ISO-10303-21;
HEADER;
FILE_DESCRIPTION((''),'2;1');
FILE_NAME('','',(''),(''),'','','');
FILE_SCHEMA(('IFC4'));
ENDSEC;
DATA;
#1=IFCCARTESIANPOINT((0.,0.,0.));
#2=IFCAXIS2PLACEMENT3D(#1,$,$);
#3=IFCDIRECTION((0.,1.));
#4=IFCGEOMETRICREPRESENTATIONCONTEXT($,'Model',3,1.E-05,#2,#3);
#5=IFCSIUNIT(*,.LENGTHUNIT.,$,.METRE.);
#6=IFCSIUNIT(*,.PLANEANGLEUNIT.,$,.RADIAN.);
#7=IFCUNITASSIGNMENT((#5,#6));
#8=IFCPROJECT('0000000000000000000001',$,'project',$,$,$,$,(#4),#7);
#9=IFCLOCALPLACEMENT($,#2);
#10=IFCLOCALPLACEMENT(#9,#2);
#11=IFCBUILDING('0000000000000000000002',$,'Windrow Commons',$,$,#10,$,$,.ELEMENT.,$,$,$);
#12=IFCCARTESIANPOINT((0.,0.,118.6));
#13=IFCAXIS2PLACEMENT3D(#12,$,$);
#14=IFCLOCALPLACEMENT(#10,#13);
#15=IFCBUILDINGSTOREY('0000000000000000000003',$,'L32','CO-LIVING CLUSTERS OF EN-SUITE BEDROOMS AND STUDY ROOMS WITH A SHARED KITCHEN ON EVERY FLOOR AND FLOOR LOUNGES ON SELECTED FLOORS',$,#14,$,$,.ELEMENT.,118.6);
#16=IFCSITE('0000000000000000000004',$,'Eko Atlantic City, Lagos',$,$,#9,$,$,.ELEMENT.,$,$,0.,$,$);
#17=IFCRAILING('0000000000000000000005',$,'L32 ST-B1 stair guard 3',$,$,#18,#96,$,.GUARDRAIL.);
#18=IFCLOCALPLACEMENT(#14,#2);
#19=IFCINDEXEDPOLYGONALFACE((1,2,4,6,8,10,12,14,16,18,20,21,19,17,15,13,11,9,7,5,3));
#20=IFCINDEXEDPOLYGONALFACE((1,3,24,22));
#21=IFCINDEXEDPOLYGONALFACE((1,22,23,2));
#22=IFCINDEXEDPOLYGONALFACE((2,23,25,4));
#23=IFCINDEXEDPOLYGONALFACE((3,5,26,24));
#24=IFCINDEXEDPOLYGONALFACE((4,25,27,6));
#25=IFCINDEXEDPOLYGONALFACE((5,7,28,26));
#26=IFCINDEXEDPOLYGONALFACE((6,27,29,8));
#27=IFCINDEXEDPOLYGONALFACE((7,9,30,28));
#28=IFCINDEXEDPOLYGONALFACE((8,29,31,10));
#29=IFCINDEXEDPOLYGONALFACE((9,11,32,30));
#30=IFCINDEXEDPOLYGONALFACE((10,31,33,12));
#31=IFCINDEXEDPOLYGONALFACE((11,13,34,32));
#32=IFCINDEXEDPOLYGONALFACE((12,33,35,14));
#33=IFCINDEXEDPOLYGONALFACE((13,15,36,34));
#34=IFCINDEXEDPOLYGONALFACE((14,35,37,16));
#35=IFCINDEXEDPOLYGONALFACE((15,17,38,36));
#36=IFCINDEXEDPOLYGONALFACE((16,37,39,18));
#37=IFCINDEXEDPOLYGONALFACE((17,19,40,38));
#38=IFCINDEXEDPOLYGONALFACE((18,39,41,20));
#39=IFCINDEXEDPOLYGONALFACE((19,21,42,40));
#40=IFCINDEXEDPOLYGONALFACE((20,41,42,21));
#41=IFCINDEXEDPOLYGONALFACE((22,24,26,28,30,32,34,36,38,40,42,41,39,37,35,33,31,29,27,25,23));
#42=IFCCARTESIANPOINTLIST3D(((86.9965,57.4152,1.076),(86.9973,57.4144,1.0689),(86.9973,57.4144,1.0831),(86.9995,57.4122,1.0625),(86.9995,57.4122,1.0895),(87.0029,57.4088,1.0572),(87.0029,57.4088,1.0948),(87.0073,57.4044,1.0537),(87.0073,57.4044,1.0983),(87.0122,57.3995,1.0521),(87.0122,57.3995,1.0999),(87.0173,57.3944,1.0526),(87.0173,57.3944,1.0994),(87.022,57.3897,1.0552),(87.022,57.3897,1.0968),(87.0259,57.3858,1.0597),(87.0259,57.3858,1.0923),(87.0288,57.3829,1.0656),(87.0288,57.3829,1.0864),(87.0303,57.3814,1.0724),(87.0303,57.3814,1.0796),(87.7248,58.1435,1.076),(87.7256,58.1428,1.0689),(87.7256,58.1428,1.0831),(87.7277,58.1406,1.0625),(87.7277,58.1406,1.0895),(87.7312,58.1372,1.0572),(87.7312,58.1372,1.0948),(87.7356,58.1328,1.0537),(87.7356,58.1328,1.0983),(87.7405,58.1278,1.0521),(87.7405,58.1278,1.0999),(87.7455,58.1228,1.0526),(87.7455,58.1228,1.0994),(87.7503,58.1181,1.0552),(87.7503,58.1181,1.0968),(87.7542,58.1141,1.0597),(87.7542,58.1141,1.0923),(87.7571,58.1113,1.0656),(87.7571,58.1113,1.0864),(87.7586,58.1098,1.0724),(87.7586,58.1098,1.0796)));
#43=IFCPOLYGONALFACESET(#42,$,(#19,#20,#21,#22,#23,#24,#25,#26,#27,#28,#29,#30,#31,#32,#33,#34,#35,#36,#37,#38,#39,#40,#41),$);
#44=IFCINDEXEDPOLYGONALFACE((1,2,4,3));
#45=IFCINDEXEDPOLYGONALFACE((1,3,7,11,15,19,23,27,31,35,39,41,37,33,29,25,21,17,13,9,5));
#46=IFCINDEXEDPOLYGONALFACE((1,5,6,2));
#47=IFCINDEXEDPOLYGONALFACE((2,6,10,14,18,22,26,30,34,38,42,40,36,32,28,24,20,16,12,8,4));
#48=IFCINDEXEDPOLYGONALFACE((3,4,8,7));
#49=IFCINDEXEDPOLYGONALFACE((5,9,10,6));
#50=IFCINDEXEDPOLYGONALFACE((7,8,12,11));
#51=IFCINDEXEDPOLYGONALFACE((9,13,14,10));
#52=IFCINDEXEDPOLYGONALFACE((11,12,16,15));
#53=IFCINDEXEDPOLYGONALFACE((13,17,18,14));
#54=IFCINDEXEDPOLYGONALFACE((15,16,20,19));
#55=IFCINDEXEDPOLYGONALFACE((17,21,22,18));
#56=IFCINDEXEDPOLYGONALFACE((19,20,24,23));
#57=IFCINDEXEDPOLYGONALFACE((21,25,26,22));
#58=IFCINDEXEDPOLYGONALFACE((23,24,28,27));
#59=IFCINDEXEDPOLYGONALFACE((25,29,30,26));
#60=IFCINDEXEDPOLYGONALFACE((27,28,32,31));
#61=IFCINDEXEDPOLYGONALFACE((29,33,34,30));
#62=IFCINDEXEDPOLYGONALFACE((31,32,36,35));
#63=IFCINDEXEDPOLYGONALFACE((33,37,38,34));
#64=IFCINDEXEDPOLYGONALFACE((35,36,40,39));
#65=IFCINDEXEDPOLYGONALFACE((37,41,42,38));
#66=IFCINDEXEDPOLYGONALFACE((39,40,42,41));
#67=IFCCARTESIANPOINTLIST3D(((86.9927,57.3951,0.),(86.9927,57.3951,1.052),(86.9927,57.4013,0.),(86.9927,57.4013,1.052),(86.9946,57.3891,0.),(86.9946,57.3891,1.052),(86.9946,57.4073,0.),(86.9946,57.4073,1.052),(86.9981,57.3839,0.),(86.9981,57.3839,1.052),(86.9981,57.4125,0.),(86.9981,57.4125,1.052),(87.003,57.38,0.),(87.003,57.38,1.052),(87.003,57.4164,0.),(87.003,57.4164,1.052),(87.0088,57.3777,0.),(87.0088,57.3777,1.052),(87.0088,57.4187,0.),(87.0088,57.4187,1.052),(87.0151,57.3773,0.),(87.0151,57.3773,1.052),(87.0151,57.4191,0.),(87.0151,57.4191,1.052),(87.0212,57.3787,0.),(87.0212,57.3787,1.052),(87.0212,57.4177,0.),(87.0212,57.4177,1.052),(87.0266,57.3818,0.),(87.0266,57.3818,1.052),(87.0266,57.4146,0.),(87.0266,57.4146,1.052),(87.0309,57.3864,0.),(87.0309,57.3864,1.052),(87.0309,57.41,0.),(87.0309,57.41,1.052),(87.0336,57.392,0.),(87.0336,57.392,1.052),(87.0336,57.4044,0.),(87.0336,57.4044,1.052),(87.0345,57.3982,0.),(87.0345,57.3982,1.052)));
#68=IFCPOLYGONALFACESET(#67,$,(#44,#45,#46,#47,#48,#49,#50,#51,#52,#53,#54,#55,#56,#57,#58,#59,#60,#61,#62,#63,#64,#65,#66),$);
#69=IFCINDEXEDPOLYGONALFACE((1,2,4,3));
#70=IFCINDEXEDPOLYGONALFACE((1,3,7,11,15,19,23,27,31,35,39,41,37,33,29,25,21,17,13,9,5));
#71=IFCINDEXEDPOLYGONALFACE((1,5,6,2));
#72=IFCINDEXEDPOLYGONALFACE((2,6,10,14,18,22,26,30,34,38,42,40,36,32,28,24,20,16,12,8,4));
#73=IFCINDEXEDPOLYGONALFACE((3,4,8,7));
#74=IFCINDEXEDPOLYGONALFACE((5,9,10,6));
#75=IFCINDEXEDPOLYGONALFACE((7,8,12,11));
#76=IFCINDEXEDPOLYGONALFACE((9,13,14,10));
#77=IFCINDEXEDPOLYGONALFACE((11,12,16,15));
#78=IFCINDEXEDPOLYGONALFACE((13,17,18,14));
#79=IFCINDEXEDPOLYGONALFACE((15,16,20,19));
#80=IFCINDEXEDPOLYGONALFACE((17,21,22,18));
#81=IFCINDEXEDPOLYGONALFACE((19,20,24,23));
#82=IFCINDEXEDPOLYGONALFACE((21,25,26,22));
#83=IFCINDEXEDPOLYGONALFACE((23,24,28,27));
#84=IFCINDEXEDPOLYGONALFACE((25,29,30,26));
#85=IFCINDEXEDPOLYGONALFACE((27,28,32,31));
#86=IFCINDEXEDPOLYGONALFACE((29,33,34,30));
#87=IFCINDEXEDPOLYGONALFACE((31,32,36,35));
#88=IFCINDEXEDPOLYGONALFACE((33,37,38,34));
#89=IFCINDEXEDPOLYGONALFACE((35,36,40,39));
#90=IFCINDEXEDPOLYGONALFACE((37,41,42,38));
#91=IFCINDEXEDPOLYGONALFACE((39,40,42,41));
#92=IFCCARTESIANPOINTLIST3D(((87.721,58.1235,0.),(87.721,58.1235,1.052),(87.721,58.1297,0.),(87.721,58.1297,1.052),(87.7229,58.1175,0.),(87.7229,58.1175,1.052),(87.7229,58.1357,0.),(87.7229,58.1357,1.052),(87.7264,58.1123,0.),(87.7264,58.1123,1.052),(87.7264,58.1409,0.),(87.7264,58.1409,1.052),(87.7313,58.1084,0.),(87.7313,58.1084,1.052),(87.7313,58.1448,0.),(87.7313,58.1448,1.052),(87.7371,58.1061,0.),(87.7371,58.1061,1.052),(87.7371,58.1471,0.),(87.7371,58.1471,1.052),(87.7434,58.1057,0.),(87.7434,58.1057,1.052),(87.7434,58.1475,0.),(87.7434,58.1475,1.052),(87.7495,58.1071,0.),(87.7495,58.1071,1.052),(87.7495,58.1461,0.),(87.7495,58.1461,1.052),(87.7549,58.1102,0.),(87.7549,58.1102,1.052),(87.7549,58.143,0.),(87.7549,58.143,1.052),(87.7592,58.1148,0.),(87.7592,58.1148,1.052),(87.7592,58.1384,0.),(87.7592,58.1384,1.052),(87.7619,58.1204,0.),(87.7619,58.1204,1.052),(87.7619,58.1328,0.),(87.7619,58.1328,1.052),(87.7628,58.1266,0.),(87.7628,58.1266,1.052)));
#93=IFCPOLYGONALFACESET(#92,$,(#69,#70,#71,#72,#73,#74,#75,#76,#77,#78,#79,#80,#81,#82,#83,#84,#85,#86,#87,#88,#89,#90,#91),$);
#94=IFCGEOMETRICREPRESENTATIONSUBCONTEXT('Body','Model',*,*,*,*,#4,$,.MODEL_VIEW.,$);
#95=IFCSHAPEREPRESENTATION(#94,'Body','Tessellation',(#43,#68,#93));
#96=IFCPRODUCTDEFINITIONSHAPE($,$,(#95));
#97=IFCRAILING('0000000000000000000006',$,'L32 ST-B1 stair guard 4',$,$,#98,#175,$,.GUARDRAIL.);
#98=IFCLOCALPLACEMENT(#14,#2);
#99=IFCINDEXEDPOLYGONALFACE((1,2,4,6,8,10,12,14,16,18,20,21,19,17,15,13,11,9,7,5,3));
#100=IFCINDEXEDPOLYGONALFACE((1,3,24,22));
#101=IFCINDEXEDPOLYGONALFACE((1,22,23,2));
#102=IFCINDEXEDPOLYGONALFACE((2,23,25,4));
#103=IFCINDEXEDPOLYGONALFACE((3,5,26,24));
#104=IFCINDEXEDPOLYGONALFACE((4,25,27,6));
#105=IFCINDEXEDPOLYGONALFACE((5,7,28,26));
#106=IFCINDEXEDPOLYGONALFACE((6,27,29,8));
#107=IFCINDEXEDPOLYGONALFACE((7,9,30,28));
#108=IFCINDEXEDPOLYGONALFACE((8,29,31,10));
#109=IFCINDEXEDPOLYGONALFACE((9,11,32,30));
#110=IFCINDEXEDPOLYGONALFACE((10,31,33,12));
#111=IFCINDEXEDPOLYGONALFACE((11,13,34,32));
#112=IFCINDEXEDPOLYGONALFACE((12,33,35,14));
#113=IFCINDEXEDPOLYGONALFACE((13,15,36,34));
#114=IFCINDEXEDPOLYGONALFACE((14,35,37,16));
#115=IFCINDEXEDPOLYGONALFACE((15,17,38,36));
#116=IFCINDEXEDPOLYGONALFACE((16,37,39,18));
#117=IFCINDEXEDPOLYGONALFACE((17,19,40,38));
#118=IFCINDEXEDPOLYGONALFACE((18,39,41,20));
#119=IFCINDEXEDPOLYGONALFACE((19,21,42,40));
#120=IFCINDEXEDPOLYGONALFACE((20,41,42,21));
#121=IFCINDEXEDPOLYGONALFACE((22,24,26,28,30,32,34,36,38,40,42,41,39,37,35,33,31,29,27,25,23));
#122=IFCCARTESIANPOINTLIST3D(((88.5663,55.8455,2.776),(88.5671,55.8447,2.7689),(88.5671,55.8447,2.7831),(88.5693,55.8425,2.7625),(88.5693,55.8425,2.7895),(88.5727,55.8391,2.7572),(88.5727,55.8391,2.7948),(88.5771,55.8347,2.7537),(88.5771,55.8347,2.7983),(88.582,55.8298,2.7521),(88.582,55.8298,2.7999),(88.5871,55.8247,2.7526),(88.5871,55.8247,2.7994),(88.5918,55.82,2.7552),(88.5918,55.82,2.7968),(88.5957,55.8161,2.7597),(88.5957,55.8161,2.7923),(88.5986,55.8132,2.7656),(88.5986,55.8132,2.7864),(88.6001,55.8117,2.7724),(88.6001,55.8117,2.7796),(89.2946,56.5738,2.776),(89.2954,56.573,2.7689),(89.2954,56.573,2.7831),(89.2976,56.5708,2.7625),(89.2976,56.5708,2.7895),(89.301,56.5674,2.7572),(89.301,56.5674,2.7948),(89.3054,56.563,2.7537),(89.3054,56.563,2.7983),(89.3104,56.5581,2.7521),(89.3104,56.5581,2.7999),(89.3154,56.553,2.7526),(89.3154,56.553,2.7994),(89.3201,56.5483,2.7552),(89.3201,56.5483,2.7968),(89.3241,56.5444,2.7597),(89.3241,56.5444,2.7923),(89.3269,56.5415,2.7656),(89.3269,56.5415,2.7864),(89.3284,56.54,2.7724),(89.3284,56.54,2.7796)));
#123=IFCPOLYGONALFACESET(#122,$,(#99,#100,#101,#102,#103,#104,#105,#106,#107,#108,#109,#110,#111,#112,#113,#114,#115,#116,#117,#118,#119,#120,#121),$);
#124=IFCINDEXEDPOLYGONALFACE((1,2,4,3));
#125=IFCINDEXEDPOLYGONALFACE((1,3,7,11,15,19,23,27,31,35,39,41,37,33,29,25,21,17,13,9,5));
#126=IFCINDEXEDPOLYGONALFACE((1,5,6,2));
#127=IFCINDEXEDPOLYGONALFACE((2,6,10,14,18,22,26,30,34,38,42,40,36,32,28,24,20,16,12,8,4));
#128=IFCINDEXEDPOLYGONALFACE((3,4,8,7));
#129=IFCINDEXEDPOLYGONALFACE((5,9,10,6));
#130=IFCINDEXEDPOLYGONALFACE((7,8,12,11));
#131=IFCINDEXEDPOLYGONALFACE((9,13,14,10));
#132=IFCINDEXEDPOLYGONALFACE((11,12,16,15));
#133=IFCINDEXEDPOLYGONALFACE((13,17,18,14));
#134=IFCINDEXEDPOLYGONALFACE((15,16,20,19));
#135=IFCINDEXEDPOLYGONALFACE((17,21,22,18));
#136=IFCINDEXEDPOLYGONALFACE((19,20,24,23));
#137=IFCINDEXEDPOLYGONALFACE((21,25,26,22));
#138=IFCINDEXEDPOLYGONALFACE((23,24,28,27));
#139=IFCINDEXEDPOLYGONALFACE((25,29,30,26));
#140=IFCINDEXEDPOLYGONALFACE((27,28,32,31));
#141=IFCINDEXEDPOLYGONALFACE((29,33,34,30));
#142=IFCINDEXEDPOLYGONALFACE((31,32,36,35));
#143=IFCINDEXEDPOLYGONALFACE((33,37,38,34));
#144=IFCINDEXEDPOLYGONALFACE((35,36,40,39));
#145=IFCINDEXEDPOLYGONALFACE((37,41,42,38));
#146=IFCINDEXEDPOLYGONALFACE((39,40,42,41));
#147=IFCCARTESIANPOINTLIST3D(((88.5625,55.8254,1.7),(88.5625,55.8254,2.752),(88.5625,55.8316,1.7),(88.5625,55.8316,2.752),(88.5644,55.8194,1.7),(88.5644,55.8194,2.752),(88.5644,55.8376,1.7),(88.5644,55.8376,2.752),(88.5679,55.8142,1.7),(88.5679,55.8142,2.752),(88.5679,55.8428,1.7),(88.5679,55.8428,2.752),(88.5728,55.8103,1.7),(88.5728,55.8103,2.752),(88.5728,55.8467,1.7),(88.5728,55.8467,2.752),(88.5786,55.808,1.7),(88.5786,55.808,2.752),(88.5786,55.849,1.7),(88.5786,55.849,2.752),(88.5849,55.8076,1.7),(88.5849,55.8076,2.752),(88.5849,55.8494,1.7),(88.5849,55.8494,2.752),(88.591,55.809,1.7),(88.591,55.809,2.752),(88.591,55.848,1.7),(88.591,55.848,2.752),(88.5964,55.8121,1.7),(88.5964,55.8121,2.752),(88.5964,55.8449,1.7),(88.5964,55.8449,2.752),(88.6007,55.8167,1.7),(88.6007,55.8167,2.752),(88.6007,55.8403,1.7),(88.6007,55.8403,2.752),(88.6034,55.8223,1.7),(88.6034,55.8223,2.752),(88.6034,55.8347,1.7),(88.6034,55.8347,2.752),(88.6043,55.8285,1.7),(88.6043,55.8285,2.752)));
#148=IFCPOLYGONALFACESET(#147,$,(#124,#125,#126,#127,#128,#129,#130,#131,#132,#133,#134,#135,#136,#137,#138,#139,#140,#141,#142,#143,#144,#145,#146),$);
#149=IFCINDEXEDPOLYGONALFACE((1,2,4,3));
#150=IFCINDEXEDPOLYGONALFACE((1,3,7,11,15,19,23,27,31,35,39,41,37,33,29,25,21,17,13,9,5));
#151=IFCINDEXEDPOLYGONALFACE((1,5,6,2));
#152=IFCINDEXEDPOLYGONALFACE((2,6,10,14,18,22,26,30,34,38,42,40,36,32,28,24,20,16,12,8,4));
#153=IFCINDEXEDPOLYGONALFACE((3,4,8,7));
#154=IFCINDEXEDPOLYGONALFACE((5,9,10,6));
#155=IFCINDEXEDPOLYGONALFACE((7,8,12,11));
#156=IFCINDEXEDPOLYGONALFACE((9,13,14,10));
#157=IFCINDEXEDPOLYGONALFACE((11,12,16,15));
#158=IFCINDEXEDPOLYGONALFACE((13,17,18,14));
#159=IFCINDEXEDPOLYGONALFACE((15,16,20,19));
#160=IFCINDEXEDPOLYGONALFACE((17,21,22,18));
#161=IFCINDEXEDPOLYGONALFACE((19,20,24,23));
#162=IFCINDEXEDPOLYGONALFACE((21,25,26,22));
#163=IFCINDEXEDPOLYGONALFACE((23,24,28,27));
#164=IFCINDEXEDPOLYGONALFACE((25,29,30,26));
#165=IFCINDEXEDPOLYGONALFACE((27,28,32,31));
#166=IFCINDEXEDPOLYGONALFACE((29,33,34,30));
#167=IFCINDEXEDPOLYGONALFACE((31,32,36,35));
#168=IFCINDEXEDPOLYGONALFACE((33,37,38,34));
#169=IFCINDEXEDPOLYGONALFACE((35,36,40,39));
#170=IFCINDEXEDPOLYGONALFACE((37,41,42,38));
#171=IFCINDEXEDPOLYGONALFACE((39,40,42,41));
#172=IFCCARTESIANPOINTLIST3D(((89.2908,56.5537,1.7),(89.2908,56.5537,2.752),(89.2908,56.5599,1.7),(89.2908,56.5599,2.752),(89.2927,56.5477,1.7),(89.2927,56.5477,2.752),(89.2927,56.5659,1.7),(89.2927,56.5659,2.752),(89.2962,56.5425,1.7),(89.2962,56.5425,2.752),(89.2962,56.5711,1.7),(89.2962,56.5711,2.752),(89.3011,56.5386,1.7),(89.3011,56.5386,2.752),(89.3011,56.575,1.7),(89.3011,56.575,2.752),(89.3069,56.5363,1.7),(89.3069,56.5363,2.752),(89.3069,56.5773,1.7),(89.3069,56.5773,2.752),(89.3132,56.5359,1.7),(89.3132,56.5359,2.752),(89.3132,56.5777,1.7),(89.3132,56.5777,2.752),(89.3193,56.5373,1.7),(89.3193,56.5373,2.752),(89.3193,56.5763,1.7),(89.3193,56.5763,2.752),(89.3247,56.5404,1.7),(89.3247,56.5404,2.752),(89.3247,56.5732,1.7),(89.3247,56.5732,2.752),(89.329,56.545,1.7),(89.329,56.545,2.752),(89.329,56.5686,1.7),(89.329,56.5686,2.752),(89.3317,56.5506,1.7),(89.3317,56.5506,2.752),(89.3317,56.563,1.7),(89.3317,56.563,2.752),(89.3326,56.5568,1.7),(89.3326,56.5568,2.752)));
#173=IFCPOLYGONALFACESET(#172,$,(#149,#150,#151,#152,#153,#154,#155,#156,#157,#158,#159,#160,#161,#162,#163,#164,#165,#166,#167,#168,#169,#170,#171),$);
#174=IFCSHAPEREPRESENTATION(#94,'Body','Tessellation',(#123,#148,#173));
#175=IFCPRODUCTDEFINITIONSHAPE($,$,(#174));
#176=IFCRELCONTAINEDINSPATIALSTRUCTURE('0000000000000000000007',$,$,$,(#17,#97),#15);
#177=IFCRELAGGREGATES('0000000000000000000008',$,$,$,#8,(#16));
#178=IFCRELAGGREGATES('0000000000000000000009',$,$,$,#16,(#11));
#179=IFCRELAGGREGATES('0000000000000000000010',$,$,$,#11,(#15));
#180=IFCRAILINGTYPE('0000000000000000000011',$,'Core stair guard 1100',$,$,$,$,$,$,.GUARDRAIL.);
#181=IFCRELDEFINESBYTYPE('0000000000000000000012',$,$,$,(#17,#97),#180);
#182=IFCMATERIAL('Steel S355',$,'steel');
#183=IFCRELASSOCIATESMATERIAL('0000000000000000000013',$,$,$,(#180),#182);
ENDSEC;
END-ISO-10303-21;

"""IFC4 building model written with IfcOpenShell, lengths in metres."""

from ifc_helpers import new_model, si_unit, direction, frame, origin, origin_2d, place, context, subcontext, project, spatial, circle, extrude, material, type_object, element, save


model = new_model("IFC4")

# Units and contexts
model_context = context("Model", 3, precision=1e-05, world=origin(), true_north=direction((0.0, 1.0)))
body_context = subcontext(model_context, "Body", "Model", "MODEL_VIEW")
ifc_project = project(units=[si_unit("LENGTHUNIT", "METRE"), si_unit("PLANEANGLEUNIT", "RADIAN")], contexts=[model_context])

# Site, building, storey
site_placement = place(None, origin())
site = spatial("IfcSite", under=ifc_project, at=site_placement, Name="Eko Atlantic City, Lagos", CompositionType="ELEMENT", RefElevation=0.0)
building_placement = place(site_placement, origin())
building = spatial("IfcBuilding", under=site, at=building_placement, Name="Windrow Commons", CompositionType="ELEMENT")
storey_placement = place(building_placement, frame((0.0, 0.0, 118.6)))
storey = spatial("IfcBuildingStorey", under=building, at=storey_placement, Name="L32", Description="CO-LIVING CLUSTERS OF EN-SUITE BEDROOMS AND STUDY ROOMS WITH A SHARED KITCHEN ON EVERY FLOOR AND FLOOR LOUNGES ON SELECTED FLOORS", CompositionType="ELEMENT", Elevation=118.6)

# Railings
ifc_material_1 = material(Name="Steel S355", Category="steel")
railing_type_1 = type_object("IfcRailingType", Name="Core stair guard 1100", PredefinedType="GUARDRAIL", material=ifc_material_1)
railing_1_placement = place(storey_placement, frame((87.0135, 57.3982, 0.0)))
element("IfcRailing", 1, at=railing_1_placement, inside=storey, type_object=railing_type_1, Name="L32 ST-B1 stair guard 3", PredefinedType="GUARDRAIL", context=body_context, shape_type="SweptSolid", body=[
    extrude(circle(Radius=0.024, at=origin_2d()), frame((0.0, 0.0, 1.076), z_axis=(0.707058, 0.707155, 0.0), x_axis=(-0.707155, 0.707058, 0.0)), (0.0, 0.0, 1.0), 1.03),
    extrude(circle(Radius=0.021, at=origin_2d()), origin(), (0.0, 0.0, 1.0), 1.052),
    extrude(circle(Radius=0.021, at=origin_2d()), frame((0.7283, 0.7284, 0.0)), (0.0, 0.0, 1.0), 1.052),
])
railing_2_placement = place(storey_placement, frame((88.5833, 55.8285, 1.7)))
element("IfcRailing", 2, at=railing_2_placement, inside=storey, type_object=railing_type_1, Name="L32 ST-B1 stair guard 4", PredefinedType="GUARDRAIL", context=body_context, shape_type="SweptSolid", body=[
    extrude(circle(Radius=0.024, at=origin_2d()), frame((0.0, 0.0, 1.076), z_axis=(0.707107, 0.707107, 0.0), x_axis=(-0.707107, 0.707107, 0.0)), (0.0, 0.0, 1.0), 1.03),
    extrude(circle(Radius=0.021, at=origin_2d()), origin(), (0.0, 0.0, 1.0), 1.052),
    extrude(circle(Radius=0.021, at=origin_2d()), frame((0.7283, 0.7283, 0.0)), (0.0, 0.0, 1.0), 1.052),
])

save(model, "model.ifc")
